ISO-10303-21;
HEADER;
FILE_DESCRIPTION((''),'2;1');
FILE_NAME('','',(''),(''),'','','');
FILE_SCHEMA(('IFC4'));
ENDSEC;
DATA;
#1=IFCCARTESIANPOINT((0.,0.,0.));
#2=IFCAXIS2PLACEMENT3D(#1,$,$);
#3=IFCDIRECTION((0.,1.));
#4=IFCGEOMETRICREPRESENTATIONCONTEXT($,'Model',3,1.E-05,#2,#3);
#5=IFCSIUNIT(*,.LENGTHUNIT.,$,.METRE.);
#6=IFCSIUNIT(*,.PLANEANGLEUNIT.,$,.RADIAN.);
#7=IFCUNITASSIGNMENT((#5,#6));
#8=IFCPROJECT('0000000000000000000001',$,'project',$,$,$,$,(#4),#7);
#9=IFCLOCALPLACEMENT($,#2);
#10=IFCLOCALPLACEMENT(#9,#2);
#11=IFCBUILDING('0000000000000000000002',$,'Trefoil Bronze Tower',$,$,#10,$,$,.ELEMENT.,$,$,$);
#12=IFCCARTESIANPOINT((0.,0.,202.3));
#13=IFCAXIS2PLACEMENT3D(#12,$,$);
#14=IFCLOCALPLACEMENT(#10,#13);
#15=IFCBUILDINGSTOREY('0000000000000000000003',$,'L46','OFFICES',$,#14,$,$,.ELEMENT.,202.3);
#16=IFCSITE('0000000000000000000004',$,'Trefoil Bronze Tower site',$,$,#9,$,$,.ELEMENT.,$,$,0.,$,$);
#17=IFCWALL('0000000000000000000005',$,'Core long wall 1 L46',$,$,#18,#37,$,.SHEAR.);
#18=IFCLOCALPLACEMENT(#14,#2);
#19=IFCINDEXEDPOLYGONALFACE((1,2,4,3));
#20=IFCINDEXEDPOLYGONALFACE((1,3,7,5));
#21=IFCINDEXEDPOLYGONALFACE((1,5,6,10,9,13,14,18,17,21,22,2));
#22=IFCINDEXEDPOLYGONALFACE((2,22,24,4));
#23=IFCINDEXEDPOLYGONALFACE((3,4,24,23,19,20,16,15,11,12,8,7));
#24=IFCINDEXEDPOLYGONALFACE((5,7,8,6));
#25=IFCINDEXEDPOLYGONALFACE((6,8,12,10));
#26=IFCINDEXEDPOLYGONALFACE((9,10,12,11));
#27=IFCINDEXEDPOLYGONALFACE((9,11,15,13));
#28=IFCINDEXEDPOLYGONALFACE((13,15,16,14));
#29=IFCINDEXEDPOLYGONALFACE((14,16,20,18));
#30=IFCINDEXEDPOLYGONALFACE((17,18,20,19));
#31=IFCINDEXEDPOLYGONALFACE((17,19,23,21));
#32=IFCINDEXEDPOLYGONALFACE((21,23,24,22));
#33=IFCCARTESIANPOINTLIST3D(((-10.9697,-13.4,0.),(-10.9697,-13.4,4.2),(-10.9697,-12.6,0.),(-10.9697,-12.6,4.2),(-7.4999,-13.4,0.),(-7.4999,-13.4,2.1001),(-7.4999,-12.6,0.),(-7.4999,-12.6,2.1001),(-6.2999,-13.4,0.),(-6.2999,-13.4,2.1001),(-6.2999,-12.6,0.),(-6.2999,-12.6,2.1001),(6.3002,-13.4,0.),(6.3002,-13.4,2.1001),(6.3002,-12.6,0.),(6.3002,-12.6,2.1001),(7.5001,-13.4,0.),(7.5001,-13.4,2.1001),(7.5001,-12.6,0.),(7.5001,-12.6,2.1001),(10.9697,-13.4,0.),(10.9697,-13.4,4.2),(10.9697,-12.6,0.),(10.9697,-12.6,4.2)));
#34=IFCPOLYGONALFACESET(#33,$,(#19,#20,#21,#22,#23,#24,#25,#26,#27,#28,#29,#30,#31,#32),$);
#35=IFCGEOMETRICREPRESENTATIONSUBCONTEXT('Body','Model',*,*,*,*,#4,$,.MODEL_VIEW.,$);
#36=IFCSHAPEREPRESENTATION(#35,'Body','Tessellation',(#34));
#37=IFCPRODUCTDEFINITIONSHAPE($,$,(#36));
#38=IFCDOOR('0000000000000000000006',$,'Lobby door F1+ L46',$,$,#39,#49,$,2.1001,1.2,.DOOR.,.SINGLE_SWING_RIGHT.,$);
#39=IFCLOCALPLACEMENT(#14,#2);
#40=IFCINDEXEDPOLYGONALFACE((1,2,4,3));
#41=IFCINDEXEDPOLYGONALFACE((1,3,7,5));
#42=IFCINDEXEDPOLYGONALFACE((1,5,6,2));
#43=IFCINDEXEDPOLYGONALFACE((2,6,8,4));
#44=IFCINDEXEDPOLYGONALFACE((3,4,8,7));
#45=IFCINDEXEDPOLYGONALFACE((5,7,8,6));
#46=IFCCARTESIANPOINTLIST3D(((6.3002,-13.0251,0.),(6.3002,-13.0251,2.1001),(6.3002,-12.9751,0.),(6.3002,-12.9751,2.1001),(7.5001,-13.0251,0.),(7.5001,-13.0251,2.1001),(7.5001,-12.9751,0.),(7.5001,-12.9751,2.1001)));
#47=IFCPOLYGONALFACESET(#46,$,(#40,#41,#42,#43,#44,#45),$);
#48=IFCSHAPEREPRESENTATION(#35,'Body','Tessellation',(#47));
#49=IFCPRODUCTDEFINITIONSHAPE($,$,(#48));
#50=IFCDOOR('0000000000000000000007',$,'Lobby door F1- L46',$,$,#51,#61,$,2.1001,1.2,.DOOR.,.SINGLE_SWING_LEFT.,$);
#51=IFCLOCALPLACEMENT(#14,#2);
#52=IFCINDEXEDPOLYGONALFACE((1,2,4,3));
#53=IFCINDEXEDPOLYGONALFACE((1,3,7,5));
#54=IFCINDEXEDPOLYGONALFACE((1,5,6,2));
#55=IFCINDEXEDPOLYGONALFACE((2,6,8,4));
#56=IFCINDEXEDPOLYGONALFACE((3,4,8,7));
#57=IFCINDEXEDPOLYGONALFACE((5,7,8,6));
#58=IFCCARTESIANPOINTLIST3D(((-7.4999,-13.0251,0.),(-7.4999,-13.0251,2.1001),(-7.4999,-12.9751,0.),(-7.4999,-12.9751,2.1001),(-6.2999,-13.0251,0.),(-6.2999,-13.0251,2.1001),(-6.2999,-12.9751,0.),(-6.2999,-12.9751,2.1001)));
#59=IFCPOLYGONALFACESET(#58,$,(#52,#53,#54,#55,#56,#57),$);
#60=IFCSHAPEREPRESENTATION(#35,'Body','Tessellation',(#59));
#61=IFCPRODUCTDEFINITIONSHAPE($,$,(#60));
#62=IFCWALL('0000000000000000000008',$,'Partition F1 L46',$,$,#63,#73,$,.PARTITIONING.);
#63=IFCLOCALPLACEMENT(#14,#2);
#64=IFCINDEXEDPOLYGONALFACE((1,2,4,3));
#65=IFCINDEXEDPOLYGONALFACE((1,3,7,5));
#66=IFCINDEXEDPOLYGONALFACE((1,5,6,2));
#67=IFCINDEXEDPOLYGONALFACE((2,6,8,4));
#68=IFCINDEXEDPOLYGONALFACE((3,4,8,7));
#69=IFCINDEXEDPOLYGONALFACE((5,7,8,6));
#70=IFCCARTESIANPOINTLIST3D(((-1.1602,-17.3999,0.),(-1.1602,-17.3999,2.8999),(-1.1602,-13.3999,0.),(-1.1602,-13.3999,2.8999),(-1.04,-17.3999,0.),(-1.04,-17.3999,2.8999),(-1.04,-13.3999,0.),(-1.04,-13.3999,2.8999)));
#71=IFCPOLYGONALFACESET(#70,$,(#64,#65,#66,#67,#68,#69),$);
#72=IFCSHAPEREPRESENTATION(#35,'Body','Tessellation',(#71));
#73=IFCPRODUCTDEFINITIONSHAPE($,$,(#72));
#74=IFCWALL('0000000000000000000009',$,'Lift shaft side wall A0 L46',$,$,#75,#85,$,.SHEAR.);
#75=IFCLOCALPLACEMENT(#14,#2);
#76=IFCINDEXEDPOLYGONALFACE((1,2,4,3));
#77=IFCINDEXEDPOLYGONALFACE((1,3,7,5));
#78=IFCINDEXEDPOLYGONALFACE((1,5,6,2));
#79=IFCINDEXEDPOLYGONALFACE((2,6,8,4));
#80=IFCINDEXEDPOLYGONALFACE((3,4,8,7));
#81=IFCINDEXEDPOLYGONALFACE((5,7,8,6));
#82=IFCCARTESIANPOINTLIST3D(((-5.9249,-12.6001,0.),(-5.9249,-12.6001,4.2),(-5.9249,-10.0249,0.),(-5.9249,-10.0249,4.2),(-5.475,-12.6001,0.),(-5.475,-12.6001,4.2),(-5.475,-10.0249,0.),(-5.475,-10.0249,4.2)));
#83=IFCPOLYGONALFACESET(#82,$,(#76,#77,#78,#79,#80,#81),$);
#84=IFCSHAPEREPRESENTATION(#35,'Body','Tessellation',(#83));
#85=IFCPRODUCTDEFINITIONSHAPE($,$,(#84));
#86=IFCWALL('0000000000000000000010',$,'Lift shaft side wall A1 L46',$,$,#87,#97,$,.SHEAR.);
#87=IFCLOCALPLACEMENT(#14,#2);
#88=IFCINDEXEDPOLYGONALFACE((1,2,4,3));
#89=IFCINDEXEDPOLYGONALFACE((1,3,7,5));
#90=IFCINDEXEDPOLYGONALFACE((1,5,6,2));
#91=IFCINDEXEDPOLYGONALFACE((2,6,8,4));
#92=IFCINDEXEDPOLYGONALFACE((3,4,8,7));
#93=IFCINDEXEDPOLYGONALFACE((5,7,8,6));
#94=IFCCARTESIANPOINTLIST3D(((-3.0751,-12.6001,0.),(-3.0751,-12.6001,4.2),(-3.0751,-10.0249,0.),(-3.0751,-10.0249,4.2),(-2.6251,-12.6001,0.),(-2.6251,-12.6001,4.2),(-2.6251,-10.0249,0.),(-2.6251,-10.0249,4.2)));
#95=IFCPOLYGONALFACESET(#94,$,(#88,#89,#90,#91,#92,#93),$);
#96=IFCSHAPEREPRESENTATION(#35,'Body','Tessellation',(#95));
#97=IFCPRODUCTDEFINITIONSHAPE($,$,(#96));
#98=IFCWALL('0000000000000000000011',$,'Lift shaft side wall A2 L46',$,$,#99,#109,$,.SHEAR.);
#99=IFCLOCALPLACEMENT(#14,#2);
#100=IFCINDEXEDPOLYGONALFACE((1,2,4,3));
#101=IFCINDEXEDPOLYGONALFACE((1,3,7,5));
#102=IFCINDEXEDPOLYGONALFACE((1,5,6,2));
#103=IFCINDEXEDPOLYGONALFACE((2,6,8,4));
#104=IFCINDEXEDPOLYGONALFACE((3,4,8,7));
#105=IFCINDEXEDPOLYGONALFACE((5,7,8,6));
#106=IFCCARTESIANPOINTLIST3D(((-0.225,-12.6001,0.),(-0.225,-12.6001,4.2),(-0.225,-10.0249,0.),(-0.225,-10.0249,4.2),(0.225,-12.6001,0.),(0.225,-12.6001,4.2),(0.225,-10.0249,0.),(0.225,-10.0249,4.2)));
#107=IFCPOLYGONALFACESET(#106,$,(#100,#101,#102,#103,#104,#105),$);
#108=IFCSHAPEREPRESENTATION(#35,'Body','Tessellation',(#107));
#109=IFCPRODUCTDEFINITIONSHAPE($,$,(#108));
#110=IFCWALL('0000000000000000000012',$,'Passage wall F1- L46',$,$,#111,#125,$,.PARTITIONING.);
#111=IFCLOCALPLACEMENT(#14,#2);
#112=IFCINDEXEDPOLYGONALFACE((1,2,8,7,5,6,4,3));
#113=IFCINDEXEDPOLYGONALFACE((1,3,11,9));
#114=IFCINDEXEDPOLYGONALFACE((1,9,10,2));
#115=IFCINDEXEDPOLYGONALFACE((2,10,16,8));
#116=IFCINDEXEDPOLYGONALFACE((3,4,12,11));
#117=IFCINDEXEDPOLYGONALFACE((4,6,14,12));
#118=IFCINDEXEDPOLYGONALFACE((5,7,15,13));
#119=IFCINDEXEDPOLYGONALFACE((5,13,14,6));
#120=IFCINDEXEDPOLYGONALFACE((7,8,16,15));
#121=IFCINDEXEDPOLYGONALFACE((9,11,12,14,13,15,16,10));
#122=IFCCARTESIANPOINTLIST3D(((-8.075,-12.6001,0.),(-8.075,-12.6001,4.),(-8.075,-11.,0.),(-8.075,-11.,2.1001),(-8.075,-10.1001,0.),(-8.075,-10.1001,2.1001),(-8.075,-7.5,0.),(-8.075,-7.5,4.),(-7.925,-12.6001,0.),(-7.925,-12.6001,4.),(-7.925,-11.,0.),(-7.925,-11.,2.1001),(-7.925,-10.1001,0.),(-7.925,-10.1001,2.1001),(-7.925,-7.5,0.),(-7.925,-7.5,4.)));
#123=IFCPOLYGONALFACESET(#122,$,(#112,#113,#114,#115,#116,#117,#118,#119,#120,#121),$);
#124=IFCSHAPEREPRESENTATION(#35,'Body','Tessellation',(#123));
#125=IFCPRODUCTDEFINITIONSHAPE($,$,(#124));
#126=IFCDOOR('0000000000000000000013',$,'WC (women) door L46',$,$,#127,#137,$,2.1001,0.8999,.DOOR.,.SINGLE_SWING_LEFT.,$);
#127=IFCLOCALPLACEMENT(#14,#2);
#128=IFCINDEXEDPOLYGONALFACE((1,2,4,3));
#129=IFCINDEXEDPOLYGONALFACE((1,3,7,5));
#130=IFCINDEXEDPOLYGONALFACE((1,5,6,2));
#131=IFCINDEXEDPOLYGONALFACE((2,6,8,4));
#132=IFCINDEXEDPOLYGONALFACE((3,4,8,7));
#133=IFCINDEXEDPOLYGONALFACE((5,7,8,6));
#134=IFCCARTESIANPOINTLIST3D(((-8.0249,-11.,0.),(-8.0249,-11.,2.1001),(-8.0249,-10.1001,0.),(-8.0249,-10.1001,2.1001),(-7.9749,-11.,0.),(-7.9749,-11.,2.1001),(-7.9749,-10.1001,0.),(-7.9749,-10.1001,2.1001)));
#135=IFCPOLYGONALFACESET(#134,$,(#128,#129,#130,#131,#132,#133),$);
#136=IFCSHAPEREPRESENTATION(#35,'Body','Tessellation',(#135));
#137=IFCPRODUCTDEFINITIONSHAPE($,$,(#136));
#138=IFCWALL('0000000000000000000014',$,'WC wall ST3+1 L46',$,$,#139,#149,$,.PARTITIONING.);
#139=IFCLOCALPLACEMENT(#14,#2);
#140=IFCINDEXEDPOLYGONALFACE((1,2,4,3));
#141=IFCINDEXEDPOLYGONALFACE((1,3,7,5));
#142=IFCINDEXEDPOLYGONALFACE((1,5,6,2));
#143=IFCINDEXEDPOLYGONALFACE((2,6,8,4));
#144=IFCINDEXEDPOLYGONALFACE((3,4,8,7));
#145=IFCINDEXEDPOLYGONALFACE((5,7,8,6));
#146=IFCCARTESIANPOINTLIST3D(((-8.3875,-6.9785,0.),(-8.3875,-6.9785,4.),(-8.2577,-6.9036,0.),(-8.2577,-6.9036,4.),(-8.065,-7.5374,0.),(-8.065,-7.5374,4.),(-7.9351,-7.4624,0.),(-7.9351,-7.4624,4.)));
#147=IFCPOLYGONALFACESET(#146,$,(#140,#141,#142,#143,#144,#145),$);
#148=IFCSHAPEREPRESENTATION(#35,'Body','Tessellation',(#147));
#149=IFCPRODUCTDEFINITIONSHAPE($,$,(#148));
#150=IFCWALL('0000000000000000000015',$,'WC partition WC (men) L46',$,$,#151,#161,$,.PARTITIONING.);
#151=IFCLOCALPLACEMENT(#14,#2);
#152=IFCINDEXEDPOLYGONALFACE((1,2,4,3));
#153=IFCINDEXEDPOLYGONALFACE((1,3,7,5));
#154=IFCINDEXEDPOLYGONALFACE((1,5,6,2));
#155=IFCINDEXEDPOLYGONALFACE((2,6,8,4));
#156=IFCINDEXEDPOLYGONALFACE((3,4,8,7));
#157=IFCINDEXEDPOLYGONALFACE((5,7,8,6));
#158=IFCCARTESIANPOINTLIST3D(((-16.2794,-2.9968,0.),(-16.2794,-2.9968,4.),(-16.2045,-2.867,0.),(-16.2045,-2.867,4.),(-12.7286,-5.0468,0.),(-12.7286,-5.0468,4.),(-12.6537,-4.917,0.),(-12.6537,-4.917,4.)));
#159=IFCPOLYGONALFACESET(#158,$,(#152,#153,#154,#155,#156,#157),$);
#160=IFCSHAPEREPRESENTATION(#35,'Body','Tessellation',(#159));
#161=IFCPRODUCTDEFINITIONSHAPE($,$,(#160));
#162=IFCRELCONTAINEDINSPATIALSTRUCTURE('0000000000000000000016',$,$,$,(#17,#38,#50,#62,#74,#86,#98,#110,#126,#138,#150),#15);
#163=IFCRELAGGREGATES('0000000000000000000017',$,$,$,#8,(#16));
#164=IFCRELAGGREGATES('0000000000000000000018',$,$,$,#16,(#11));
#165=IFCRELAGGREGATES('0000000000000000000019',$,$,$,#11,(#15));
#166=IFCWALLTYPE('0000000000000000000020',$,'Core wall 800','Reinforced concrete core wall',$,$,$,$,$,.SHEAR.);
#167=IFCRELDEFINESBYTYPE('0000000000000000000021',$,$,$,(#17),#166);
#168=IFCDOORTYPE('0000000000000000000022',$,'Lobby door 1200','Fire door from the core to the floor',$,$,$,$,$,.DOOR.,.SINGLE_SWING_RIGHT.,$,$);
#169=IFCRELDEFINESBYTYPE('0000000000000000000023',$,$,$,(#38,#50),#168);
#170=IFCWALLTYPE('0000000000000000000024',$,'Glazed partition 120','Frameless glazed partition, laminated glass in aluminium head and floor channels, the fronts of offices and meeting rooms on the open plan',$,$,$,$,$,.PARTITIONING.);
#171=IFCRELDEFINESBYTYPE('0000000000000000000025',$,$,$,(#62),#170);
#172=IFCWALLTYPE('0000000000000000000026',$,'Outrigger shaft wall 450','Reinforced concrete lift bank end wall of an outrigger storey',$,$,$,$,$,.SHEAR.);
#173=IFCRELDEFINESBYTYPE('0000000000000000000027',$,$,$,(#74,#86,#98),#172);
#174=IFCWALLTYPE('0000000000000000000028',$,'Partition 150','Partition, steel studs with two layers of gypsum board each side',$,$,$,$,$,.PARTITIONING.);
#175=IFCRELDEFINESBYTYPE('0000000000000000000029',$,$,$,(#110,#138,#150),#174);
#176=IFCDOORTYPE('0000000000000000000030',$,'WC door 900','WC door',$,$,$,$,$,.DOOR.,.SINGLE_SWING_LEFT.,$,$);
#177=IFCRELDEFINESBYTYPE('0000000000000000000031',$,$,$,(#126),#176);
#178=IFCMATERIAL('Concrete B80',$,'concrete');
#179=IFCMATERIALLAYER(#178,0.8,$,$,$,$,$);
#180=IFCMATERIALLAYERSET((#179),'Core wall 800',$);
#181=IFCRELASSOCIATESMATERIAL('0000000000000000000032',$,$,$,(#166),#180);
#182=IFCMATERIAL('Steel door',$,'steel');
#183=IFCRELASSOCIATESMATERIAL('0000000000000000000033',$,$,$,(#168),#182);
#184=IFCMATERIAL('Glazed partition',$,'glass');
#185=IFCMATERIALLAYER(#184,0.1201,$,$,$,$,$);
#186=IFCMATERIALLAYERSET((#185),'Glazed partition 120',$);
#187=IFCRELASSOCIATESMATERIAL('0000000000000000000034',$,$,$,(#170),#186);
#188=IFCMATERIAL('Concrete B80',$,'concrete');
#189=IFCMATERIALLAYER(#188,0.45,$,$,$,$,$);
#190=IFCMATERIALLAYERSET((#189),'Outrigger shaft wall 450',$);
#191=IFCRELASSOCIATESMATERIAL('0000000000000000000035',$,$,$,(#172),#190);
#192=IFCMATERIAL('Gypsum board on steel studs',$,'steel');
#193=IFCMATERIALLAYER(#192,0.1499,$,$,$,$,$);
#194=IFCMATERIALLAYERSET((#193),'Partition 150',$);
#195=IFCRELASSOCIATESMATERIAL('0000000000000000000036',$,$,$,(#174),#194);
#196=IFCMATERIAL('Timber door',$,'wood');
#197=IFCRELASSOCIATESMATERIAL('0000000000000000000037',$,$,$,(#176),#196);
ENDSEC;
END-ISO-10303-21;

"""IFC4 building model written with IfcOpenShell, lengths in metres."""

from ifc_helpers import new_model, si_unit, direction, frame, frame_2d, origin, place, context, subcontext, project, spatial, rectangle, extrude, material, layer, layer_set, type_object, element, fill, save


model = new_model("IFC4")

# Units and contexts
model_context = context("Model", 3, precision=1e-05, world=origin(), true_north=direction((0.0, 1.0)))
body_context = subcontext(model_context, "Body", "Model", "MODEL_VIEW")
ifc_project = project(units=[si_unit("LENGTHUNIT", "METRE"), si_unit("PLANEANGLEUNIT", "RADIAN")], contexts=[model_context])

# Site, building, storey
site_placement = place(None, origin())
site = spatial("IfcSite", under=ifc_project, at=site_placement, Name="Trefoil Bronze Tower site", CompositionType="ELEMENT", RefElevation=0.0)
building_placement = place(site_placement, origin())
building = spatial("IfcBuilding", under=site, at=building_placement, Name="Trefoil Bronze Tower", CompositionType="ELEMENT")
storey_placement = place(building_placement, frame((0.0, 0.0, 202.3)))
storey = spatial("IfcBuildingStorey", under=building, at=storey_placement, Name="L46", Description="OFFICES", CompositionType="ELEMENT", Elevation=202.3)

# Wall, openings, doors
ifc_material_1 = material(Name="Concrete B80", Category="concrete")
ifc_layer_1 = layer(ifc_material_1, 0.8)
ifc_layer_set_1 = layer_set([ifc_layer_1], Name="Core wall 800")
wall_type_1 = type_object("IfcWallType", Name="Core wall 800", Description="Reinforced concrete core wall", PredefinedType="SHEAR", material=ifc_layer_set_1)
wall_1_placement = place(storey_placement, frame((-10.9697, -13.0, 0.0), z_axis=(0.0, 0.0, 1.0), x_axis=(1.0, 0.0, 0.0)))
wall_1 = element("IfcWall", 1, at=wall_1_placement, inside=storey, type_object=wall_type_1, Name="Core long wall 1 L46", PredefinedType="SHEAR", context=body_context, shape_type="SweptSolid", body=[
    extrude(rectangle(XDim=21.9395, YDim=0.8, at=frame_2d((10.9697, 0.0))), origin(), (0.0, 0.0, 1.0), 4.2),
])
opening_1_placement = place(wall_1_placement, frame((17.2698, 0.0, 0.0)))
opening_1 = element("IfcOpeningElement", 2, at=opening_1_placement, cuts=wall_1, PredefinedType="OPENING", context=body_context, shape_type="SweptSolid", body=[
    extrude(rectangle(XDim=1.2, YDim=2.1001, at=frame_2d((0.6001, 1.05))), frame((0.0, 0.4099, 0.0), z_axis=(0.0, -1.0, 0.0), x_axis=(1.0, 0.0, 0.0)), (0.0, 0.0, 1.0), 0.8201),
])
opening_2_placement = place(wall_1_placement, frame((3.4697, 0.0, 0.0)))
opening_2 = element("IfcOpeningElement", 3, at=opening_2_placement, cuts=wall_1, PredefinedType="OPENING", context=body_context, shape_type="SweptSolid", body=[
    extrude(rectangle(XDim=1.2, YDim=2.1001, at=frame_2d((0.6001, 1.05))), frame((0.0, 0.4099, 0.0), z_axis=(0.0, -1.0, 0.0), x_axis=(1.0, 0.0, 0.0)), (0.0, 0.0, 1.0), 0.8201),
])
ifc_material_2 = material(Name="Steel door", Category="steel")
door_type_1 = type_object("IfcDoorType", Name="Lobby door 1200", Description="Fire door from the core to the floor", OperationType="SINGLE_SWING_RIGHT", PredefinedType="DOOR", material=ifc_material_2)
door_1_placement = place(opening_1_placement, origin())
door_1 = element("IfcDoor", 4, at=door_1_placement, inside=storey, type_object=door_type_1, Name="Lobby door F1+ L46", OperationType="SINGLE_SWING_RIGHT", OverallHeight=2.1001, OverallWidth=1.2, PredefinedType="DOOR", context=body_context, shape_type="SweptSolid", body=[
    extrude(rectangle(XDim=1.2, YDim=2.1001, at=frame_2d((0.6001, 1.05))), frame((0.0, 0.0249, 0.0), z_axis=(0.0, -1.0, 0.0), x_axis=(1.0, 0.0, 0.0)), (0.0, 0.0, 1.0), 0.05),
])
fill(opening_1, door_1)
door_2_placement = place(opening_2_placement, origin())
door_2 = element("IfcDoor", 5, at=door_2_placement, inside=storey, type_object=door_type_1, Name="Lobby door F1- L46", OperationType="SINGLE_SWING_LEFT", OverallHeight=2.1001, OverallWidth=1.2, PredefinedType="DOOR", context=body_context, shape_type="SweptSolid", body=[
    extrude(rectangle(XDim=1.2, YDim=2.1001, at=frame_2d((0.6001, 1.05))), frame((0.0, 0.0249, 0.0), z_axis=(0.0, -1.0, 0.0), x_axis=(1.0, 0.0, 0.0)), (0.0, 0.0, 1.0), 0.05),
])
fill(opening_2, door_2)

# Walls
ifc_material_3 = material(Name="Glazed partition", Category="glass")
ifc_layer_2 = layer(ifc_material_3, 0.1201)
ifc_layer_set_2 = layer_set([ifc_layer_2], Name="Glazed partition 120")
wall_type_2 = type_object("IfcWallType", Name="Glazed partition 120", Description="Frameless glazed partition, laminated glass in aluminium head and floor channels, the fronts of offices and meeting rooms on the open plan", PredefinedType="PARTITIONING", material=ifc_layer_set_2)
wall_2_placement = place(storey_placement, frame((-1.1001, -13.3999, 0.0), z_axis=(0.0, 0.0, 1.0), x_axis=(0.0, -1.0, 0.0)))
element("IfcWall", 6, at=wall_2_placement, inside=storey, type_object=wall_type_2, Name="Partition F1 L46", PredefinedType="PARTITIONING", context=body_context, shape_type="SweptSolid", body=[
    extrude(rectangle(XDim=4.0, YDim=0.1201, at=frame_2d((2.0, 0.0))), origin(), (0.0, 0.0, 1.0), 2.8999),
])
ifc_material_4 = material(Name="Concrete B80", Category="concrete")
ifc_layer_3 = layer(ifc_material_4, 0.45)
ifc_layer_set_3 = layer_set([ifc_layer_3], Name="Outrigger shaft wall 450")
wall_type_3 = type_object("IfcWallType", Name="Outrigger shaft wall 450", Description="Reinforced concrete lift bank end wall of an outrigger storey", PredefinedType="SHEAR", material=ifc_layer_set_3)
for number, where, z_axis, x_axis, name in (
    (7, (-5.7, -10.0249, 0.0), (0.0, 0.0, 1.0), (0.0, -1.0, 0.0), "Lift shaft side wall A0 L46"),
    (8, (-2.8501, -10.0249, 0.0), (0.0, 0.0, 1.0), (0.0, -1.0, 0.0), "Lift shaft side wall A1 L46"),
    (9, (0.0, -10.0249, 0.0), (0.0, 0.0, 1.0), (0.0, -1.0, 0.0), "Lift shaft side wall A2 L46"),
):
    element("IfcWall", number, at=place(storey_placement, frame(where, z_axis=z_axis, x_axis=x_axis)), inside=storey, type_object=wall_type_3, Name=name, PredefinedType="SHEAR", context=body_context, shape_type="SweptSolid", body=[
        extrude(rectangle(XDim=2.5752, YDim=0.45, at=frame_2d((1.2876, 0.0))), origin(), (0.0, 0.0, 1.0), 4.2),
    ])

# Wall, opening, door
ifc_material_5 = material(Name="Gypsum board on steel studs", Category="steel")
ifc_layer_4 = layer(ifc_material_5, 0.1499)
ifc_layer_set_4 = layer_set([ifc_layer_4], Name="Partition 150")
wall_type_4 = type_object("IfcWallType", Name="Partition 150", Description="Partition, steel studs with two layers of gypsum board each side", PredefinedType="PARTITIONING", material=ifc_layer_set_4)
wall_3_placement = place(storey_placement, frame((-8.0, -7.5, 0.0), z_axis=(0.0, 0.0, 1.0), x_axis=(0.0, -1.0, 0.0)))
wall_3 = element("IfcWall", 10, at=wall_3_placement, inside=storey, type_object=wall_type_4, Name="Passage wall F1- L46", PredefinedType="PARTITIONING", context=body_context, shape_type="SweptSolid", body=[
    extrude(rectangle(XDim=5.1001, YDim=0.1499, at=frame_2d((2.55, 0.0))), origin(), (0.0, 0.0, 1.0), 4.0),
])
opening_3_placement = place(wall_3_placement, frame((2.6001, 0.0, 0.0)))
opening_3 = element("IfcOpeningElement", 11, at=opening_3_placement, cuts=wall_3, PredefinedType="OPENING", context=body_context, shape_type="SweptSolid", body=[
    extrude(rectangle(XDim=0.8999, YDim=2.1001, at=frame_2d((0.45, 1.05))), frame((0.0, 0.085, 0.0), z_axis=(0.0, -1.0, 0.0), x_axis=(1.0, 0.0, 0.0)), (0.0, 0.0, 1.0), 0.1699),
])
ifc_material_6 = material(Name="Timber door", Category="wood")
door_type_2 = type_object("IfcDoorType", Name="WC door 900", Description="WC door", OperationType="SINGLE_SWING_LEFT", PredefinedType="DOOR", material=ifc_material_6)
door_3_placement = place(opening_3_placement, frame((0.8999, 0.0, 0.0), z_axis=(0.0, 0.0, 1.0), x_axis=(-1.0, 0.0, 0.0)))
door_3 = element("IfcDoor", 12, at=door_3_placement, inside=storey, type_object=door_type_2, Name="WC (women) door L46", OperationType="SINGLE_SWING_LEFT", OverallHeight=2.1001, OverallWidth=0.8999, PredefinedType="DOOR", context=body_context, shape_type="SweptSolid", body=[
    extrude(rectangle(XDim=0.8999, YDim=2.1001, at=frame_2d((0.45, 1.05))), frame((0.0, 0.0249, 0.0), z_axis=(0.0, -1.0, 0.0), x_axis=(1.0, 0.0, 0.0)), (0.0, 0.0, 1.0), 0.05),
])
fill(opening_3, door_3)

# Walls
wall_4_placement = place(storey_placement, frame((-8.0, -7.5, 0.0), z_axis=(0.0, 0.0, 1.0), x_axis=(-0.499843, 0.866116, 0.0)))
element("IfcWall", 13, at=wall_4_placement, inside=storey, type_object=wall_type_4, Name="WC wall ST3+1 L46", PredefinedType="PARTITIONING", context=body_context, shape_type="SweptSolid", body=[
    extrude(rectangle(XDim=0.6453, YDim=0.1499, at=frame_2d((0.3228, 0.0))), origin(), (0.0, 0.0, 1.0), 4.0),
])
wall_5_placement = place(storey_placement, frame((-12.6912, -4.9819, 0.0), z_axis=(0.0, 0.0, 1.0), x_axis=(-0.866025, 0.500001, 0.0)))
element("IfcWall", 14, at=wall_5_placement, inside=storey, type_object=wall_type_4, Name="WC partition WC (men) L46", PredefinedType="PARTITIONING", context=body_context, shape_type="SweptSolid", body=[
    extrude(rectangle(XDim=4.1001, YDim=0.1499, at=frame_2d((2.05, 0.0))), origin(), (0.0, 0.0, 1.0), 4.0),
])

save(model, "model.ifc")
